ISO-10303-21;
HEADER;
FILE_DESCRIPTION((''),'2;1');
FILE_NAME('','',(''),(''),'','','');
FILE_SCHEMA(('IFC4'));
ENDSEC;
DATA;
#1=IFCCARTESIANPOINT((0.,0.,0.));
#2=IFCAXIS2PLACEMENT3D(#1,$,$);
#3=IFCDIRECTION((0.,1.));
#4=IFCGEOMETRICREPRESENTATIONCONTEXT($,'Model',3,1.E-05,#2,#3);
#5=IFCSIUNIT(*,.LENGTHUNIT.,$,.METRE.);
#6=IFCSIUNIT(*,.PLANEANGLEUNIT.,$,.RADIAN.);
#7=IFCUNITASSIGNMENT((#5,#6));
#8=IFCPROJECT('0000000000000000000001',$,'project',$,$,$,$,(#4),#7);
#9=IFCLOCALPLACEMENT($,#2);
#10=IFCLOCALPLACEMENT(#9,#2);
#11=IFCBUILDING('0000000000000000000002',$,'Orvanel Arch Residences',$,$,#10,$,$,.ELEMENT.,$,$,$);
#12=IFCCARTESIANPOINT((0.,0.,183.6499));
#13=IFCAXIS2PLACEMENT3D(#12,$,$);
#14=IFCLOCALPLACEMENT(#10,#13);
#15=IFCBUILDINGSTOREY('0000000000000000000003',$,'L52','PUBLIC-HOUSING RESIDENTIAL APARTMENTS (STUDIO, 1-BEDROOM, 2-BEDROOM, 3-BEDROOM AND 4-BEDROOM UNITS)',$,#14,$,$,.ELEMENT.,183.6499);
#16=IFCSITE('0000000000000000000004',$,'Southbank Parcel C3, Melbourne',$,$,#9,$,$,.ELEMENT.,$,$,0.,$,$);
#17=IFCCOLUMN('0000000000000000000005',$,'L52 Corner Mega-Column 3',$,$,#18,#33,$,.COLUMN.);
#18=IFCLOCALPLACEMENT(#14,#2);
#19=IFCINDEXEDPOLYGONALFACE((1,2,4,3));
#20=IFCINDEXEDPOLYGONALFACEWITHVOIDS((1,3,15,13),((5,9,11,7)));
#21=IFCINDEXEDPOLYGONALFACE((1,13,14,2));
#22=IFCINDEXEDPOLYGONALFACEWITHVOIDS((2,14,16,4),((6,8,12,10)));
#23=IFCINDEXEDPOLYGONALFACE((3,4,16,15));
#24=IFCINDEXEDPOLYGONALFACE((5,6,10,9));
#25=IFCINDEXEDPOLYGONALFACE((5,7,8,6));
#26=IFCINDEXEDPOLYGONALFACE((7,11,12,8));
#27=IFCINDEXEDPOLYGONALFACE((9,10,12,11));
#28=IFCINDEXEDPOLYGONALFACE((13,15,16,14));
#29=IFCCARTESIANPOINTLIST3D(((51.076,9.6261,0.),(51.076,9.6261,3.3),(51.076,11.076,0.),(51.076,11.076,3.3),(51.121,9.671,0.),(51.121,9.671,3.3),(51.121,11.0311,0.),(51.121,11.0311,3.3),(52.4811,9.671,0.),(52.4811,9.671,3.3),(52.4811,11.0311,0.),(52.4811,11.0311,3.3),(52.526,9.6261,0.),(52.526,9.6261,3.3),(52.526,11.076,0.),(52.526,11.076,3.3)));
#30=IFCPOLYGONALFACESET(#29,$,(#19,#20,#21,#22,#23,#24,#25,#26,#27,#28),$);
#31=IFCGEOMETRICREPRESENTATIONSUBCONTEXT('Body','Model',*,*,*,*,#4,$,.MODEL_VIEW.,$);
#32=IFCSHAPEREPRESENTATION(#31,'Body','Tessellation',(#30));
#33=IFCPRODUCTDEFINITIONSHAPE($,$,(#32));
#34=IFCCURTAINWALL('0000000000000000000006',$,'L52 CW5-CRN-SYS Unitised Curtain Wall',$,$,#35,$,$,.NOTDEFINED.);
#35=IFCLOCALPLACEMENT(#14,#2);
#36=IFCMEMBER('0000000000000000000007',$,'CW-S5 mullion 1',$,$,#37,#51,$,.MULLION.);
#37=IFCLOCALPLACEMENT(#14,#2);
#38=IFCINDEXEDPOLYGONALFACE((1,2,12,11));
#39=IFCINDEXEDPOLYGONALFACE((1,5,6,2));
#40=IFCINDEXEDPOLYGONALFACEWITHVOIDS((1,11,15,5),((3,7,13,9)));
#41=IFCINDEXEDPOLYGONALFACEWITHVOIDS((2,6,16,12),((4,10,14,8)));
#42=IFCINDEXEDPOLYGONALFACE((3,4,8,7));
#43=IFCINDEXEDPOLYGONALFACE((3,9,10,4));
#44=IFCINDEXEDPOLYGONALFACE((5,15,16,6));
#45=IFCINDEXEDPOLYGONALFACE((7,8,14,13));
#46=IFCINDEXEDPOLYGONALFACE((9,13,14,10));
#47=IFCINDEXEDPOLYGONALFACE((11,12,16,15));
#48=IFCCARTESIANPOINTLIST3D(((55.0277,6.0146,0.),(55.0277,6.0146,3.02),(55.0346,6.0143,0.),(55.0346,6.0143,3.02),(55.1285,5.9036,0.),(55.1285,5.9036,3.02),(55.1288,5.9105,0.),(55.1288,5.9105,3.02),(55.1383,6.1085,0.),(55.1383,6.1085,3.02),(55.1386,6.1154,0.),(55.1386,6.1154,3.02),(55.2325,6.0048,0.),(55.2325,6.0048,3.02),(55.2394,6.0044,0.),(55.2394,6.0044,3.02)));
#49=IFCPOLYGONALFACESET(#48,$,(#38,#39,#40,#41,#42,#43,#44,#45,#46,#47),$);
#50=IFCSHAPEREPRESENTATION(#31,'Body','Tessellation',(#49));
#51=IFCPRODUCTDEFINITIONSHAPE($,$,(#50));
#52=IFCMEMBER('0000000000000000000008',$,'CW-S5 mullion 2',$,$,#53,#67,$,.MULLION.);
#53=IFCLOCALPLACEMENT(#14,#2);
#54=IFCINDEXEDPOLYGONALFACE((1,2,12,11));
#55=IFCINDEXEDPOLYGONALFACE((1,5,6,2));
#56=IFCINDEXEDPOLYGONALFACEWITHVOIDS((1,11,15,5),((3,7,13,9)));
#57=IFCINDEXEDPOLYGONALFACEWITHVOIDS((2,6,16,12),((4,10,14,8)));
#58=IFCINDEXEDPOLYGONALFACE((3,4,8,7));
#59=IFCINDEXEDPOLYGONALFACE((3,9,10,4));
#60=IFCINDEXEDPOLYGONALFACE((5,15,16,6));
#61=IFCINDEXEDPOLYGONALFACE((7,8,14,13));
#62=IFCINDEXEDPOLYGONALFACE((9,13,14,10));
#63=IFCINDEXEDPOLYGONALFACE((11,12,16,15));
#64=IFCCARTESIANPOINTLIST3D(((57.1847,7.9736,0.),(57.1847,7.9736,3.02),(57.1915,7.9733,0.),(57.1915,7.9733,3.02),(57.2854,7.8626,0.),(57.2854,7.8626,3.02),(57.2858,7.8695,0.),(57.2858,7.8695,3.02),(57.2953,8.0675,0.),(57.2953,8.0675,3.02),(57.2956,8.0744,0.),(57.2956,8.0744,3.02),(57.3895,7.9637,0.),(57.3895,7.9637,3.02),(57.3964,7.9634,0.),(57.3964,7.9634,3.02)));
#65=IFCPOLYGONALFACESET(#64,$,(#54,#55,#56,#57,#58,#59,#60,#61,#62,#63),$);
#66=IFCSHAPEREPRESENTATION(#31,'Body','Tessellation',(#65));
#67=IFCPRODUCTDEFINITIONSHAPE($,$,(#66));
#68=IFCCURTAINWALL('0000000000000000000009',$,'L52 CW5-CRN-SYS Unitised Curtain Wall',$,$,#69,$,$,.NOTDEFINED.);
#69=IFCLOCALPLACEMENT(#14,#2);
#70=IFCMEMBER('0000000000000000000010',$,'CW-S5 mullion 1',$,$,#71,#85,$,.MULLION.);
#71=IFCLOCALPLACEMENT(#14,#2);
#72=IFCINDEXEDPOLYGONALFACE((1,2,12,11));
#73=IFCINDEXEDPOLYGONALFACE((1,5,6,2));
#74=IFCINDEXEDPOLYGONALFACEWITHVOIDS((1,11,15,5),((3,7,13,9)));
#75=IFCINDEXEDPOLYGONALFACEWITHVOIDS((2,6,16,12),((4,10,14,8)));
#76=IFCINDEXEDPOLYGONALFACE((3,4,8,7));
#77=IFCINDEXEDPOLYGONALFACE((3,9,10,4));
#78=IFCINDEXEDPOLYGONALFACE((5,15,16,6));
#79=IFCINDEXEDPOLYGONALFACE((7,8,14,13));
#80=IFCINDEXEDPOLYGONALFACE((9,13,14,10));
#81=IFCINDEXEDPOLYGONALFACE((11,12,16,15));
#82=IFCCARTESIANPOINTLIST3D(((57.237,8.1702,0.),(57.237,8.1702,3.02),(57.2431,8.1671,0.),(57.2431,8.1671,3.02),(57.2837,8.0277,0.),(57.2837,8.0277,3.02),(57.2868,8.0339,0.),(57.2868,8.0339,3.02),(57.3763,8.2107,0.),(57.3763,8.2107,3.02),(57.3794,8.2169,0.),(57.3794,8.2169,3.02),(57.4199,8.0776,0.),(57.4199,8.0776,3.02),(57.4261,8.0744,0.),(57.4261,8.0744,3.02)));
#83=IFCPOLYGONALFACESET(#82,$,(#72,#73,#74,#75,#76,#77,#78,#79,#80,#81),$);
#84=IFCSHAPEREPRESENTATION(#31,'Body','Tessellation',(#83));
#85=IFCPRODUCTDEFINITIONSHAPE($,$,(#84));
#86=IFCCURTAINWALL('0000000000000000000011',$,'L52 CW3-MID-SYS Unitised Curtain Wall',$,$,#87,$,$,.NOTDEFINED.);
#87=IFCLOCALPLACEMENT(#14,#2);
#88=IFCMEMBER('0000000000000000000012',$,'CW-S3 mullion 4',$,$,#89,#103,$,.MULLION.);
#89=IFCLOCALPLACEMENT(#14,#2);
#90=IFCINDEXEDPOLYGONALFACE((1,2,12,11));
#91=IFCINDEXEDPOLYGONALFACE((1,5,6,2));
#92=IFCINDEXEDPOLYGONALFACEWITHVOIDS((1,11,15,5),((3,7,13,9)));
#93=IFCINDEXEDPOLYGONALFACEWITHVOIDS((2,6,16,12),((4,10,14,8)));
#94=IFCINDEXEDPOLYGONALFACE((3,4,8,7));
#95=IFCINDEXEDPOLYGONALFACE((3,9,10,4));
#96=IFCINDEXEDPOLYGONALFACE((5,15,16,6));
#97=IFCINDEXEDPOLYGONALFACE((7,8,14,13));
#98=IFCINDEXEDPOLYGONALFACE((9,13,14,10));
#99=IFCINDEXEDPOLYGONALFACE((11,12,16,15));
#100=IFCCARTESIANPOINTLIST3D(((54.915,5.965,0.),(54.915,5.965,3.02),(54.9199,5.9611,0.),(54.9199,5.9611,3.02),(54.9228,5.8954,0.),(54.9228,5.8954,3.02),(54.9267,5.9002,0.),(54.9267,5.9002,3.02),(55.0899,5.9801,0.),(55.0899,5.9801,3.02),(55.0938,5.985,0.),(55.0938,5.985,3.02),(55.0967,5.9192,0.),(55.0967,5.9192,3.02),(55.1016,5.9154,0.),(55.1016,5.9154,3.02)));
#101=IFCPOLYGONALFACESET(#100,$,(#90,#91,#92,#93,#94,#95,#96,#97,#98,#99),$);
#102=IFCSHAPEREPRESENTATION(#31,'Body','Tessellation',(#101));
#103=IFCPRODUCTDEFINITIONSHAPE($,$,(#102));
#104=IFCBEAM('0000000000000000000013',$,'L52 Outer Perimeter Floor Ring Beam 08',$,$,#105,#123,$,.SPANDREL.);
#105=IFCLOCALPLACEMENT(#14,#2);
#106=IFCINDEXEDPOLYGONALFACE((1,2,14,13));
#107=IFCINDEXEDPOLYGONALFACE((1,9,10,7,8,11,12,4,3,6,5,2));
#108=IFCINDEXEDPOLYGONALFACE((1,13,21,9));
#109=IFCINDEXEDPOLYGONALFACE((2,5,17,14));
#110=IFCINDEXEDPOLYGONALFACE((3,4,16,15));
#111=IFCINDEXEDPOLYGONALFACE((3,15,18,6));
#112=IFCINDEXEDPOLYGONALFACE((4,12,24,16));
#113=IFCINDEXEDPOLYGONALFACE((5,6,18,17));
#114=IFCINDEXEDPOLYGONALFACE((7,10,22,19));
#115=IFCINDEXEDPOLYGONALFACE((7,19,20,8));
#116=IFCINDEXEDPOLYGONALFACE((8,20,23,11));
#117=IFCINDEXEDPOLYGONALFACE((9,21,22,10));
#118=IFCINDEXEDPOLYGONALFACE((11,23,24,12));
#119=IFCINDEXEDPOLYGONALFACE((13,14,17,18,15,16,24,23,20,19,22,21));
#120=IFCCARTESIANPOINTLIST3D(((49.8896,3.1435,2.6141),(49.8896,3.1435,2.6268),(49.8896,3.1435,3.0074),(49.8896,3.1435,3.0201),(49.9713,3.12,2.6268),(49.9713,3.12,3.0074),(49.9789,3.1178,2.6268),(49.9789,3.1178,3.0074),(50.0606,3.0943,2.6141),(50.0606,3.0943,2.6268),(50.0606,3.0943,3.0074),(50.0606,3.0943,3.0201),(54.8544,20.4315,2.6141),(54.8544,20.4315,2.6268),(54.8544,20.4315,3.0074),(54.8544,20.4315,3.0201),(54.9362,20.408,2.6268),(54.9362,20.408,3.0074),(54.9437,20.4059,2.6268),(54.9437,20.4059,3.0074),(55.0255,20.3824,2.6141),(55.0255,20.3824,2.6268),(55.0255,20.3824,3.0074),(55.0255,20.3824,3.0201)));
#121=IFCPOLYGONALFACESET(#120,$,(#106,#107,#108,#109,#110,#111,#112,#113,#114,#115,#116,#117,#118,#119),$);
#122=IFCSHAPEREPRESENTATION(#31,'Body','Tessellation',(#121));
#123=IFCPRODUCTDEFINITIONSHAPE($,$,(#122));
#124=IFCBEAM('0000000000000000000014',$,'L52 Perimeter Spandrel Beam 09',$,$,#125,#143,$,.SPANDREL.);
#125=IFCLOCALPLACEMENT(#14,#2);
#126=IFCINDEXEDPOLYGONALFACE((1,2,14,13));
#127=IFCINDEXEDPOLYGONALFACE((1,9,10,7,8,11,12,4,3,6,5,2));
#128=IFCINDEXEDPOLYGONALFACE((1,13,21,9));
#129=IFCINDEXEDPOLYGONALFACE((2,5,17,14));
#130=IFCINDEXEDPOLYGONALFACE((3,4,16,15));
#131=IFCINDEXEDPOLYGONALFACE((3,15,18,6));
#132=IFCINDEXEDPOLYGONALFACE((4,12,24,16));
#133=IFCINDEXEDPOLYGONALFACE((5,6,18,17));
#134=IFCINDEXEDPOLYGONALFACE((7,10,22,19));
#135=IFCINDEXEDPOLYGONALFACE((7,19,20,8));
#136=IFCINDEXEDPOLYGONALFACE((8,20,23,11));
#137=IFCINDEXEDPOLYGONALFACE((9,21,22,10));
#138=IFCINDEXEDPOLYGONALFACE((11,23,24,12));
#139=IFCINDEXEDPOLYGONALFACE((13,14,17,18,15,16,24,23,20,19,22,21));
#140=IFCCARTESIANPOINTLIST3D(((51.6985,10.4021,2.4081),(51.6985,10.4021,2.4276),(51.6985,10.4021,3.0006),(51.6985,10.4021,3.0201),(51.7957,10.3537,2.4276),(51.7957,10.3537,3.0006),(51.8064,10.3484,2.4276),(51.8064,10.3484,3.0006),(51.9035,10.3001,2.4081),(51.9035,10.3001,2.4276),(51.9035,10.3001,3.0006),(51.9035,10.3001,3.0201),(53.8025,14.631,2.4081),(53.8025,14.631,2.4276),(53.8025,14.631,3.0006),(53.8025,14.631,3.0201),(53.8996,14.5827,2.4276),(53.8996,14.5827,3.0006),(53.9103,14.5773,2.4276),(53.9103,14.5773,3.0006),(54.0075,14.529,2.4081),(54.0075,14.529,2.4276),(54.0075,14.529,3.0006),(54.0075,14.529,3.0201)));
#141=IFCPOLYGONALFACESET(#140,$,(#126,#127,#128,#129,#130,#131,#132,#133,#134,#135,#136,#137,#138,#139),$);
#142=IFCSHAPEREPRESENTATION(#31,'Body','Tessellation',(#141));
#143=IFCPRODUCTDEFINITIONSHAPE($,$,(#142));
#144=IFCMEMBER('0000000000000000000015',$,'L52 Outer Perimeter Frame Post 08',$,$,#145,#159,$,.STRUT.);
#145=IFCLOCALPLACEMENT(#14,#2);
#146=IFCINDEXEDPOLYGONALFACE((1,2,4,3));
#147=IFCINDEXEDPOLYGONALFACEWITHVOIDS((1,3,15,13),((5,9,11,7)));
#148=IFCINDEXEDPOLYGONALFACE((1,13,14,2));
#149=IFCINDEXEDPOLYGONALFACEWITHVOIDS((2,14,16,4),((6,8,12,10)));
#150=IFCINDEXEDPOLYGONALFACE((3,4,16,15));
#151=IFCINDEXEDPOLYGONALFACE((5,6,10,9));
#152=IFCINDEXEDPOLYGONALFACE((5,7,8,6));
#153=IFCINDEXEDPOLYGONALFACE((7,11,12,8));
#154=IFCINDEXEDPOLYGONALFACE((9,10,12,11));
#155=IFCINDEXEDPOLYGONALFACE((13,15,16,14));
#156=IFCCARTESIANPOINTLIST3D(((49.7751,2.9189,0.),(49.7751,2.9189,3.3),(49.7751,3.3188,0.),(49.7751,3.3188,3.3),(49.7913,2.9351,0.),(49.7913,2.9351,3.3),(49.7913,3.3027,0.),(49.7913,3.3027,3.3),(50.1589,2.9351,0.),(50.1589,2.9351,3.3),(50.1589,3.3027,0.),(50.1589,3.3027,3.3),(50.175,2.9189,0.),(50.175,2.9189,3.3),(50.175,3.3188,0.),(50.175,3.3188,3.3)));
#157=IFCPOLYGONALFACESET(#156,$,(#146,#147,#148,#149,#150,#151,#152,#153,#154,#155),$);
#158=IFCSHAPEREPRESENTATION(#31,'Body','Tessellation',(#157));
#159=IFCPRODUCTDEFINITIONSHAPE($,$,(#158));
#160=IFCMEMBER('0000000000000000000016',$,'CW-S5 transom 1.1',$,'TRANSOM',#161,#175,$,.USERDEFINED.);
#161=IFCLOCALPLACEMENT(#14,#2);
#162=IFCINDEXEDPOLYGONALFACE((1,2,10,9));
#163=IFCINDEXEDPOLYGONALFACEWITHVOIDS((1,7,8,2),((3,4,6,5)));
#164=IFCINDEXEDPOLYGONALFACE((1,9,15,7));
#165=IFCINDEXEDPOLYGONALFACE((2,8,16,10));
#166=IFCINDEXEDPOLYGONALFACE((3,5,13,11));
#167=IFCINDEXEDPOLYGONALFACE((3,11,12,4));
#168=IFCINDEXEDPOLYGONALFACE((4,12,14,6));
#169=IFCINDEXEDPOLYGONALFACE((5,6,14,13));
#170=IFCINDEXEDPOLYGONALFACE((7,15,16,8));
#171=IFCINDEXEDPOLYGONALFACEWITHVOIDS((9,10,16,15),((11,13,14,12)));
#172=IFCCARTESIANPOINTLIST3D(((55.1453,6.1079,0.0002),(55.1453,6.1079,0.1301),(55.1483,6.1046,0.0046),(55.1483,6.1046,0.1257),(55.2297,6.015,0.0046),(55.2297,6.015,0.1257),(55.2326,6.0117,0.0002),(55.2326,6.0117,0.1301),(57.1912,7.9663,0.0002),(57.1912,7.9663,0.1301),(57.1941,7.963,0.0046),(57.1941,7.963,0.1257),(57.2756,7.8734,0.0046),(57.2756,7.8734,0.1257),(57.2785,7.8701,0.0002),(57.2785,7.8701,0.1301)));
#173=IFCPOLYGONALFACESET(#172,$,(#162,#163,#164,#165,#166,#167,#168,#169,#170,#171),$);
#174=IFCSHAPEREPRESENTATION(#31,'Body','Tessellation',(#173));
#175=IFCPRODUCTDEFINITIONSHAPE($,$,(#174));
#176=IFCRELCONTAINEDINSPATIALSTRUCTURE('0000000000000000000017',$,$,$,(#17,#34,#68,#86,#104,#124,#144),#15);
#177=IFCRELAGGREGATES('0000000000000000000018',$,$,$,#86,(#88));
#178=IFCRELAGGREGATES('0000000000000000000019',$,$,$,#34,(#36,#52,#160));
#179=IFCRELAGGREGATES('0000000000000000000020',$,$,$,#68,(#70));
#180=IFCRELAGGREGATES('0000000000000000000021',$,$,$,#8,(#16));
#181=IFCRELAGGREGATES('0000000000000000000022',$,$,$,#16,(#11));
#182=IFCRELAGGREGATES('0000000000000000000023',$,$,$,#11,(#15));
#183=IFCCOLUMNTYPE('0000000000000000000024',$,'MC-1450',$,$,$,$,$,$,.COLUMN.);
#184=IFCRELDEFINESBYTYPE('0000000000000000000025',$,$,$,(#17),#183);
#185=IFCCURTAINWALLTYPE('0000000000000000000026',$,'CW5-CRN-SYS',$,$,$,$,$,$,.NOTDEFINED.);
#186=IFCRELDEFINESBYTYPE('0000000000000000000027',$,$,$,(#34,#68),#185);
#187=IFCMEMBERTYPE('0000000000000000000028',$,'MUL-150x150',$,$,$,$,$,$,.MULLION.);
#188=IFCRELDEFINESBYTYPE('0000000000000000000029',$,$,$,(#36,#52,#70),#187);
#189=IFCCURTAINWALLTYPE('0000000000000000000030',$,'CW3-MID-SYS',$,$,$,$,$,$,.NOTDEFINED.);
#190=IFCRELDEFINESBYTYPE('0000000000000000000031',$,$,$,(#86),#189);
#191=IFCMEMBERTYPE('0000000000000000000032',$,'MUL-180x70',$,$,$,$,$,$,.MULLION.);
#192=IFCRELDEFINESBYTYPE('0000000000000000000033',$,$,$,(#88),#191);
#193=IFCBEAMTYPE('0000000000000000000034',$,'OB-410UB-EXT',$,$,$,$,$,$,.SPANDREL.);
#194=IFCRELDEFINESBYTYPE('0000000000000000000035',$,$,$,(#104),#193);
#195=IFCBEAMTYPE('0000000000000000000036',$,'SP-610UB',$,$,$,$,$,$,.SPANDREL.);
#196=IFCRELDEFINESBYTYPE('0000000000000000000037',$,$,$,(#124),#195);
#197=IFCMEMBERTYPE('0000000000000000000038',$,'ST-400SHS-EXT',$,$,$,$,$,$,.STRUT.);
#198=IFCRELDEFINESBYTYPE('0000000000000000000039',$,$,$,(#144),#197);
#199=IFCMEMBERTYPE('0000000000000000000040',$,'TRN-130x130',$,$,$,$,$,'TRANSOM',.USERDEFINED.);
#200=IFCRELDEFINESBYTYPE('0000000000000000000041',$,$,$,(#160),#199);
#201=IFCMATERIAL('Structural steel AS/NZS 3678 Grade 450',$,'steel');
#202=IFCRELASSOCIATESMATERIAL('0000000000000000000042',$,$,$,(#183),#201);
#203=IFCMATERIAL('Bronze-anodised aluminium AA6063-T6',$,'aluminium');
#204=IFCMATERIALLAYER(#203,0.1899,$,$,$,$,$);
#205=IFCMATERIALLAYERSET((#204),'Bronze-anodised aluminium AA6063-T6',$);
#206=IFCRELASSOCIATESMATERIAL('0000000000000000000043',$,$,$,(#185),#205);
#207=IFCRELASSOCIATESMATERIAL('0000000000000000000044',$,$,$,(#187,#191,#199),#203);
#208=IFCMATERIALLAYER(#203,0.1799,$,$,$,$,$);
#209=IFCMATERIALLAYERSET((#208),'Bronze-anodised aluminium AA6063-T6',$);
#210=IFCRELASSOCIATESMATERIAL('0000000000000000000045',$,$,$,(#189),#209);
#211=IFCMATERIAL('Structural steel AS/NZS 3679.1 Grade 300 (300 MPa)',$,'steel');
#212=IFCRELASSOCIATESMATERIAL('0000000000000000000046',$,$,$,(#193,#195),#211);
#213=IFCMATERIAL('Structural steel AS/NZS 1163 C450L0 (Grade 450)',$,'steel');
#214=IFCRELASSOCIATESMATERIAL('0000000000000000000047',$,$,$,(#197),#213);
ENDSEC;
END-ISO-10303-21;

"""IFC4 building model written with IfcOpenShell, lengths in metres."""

from ifc_helpers import new_model, si_unit, direction, frame, origin, origin_2d, place, context, subcontext, project, spatial, hollow_rectangle, i_section, extrude, material, layer, layer_set, material_profile, profile_set, type_object, element, aggregate, save


model = new_model("IFC4")

# Units and contexts
model_context = context("Model", 3, precision=1e-05, world=origin(), true_north=direction((0.0, 1.0)))
body_context = subcontext(model_context, "Body", "Model", "MODEL_VIEW")
ifc_project = project(units=[si_unit("LENGTHUNIT", "METRE"), si_unit("PLANEANGLEUNIT", "RADIAN")], contexts=[model_context])

# Site, building, storey
site_placement = place(None, origin())
site = spatial("IfcSite", under=ifc_project, at=site_placement, Name="Southbank Parcel C3, Melbourne", CompositionType="ELEMENT", RefElevation=0.0)
building_placement = place(site_placement, origin())
building = spatial("IfcBuilding", under=site, at=building_placement, Name="Orvanel Arch Residences", CompositionType="ELEMENT")
storey_placement = place(building_placement, frame((0.0, 0.0, 183.6499)))
storey = spatial("IfcBuildingStorey", under=building, at=storey_placement, Name="L52", Description="PUBLIC-HOUSING RESIDENTIAL APARTMENTS (STUDIO, 1-BEDROOM, 2-BEDROOM, 3-BEDROOM AND 4-BEDROOM UNITS)", CompositionType="ELEMENT", Elevation=183.6499)

# Column
ifc_material_1 = material(Name="Structural steel AS/NZS 3678 Grade 450", Category="steel")
ifc_material_profile_1 = material_profile(ifc_material_1, hollow_rectangle(XDim=1.45, YDim=1.45, WallThickness=0.0449, at=origin_2d()), Name="BOX1450x1450x45")
ifc_profile_set_1 = profile_set([ifc_material_profile_1], Name="Structural steel AS/NZS 3678 Grade 450")
column_type = type_object("IfcColumnType", Name="MC-1450", PredefinedType="COLUMN", material=ifc_profile_set_1)
column_placement = place(storey_placement, frame((51.801, 10.3511, 0.0), z_axis=(0.0, 0.0, 1.0), x_axis=(1.0, 0.0, 0.0)))
element("IfcColumn", 1, at=column_placement, inside=storey, type_object=column_type, Name="L52 Corner Mega-Column 3", PredefinedType="COLUMN", context=body_context, shape_type="SweptSolid", body=[
    extrude(hollow_rectangle(XDim=1.45, YDim=1.45, WallThickness=0.0449, at=origin_2d()), origin(), (0.0, 0.0, 1.0), 3.3),
])

# Curtain wall, members
ifc_material_2 = material(Name="Bronze-anodised aluminium AA6063-T6", Category="aluminium")
ifc_layer_1 = layer(ifc_material_2, 0.1899)
ifc_layer_set_1 = layer_set([ifc_layer_1], Name="Bronze-anodised aluminium AA6063-T6")
curtain_wall_type_1 = type_object("IfcCurtainWallType", Name="CW5-CRN-SYS", PredefinedType="NOTDEFINED", material=ifc_layer_set_1)
curtain_wall_1_placement = place(storey_placement, origin())
curtain_wall_1 = element("IfcCurtainWall", 2, at=curtain_wall_1_placement, inside=storey, type_object=curtain_wall_type_1, Name="L52 CW5-CRN-SYS Unitised Curtain Wall", PredefinedType="NOTDEFINED")
ifc_material_profile_2 = material_profile(ifc_material_2, hollow_rectangle(XDim=0.1499, YDim=0.1499, WallThickness=0.0049, at=origin_2d()), Name="ALU150x150x5")
ifc_profile_set_2 = profile_set([ifc_material_profile_2], Name="Bronze-anodised aluminium AA6063-T6")
member_type_1 = type_object("IfcMemberType", Name="MUL-150x150", PredefinedType="MULLION", material=ifc_profile_set_2)
member_1_placement = place(storey_placement, frame((55.1335, 6.0095, 0.0), z_axis=(0.0, 0.0, 1.0), x_axis=(-0.672348, 0.740235, 0.0)))
member_1 = element("IfcMember", 3, at=member_1_placement, type_object=member_type_1, Name="CW-S5 mullion 1", PredefinedType="MULLION", context=body_context, shape_type="SweptSolid", body=[
    extrude(hollow_rectangle(XDim=0.1499, YDim=0.1499, WallThickness=0.0049, at=origin_2d()), origin(), (0.0, 0.0, 1.0), 3.02),
])
member_2_placement = place(storey_placement, frame((57.2905, 7.9685, 0.0), z_axis=(0.0, 0.0, 1.0), x_axis=(-0.672348, 0.740235, 0.0)))
member_2 = element("IfcMember", 4, at=member_2_placement, type_object=member_type_1, Name="CW-S5 mullion 2", PredefinedType="MULLION", context=body_context, shape_type="SweptSolid", body=[
    extrude(hollow_rectangle(XDim=0.1499, YDim=0.1499, WallThickness=0.0049, at=origin_2d()), origin(), (0.0, 0.0, 1.0), 3.02),
])

# Curtain walls, members
curtain_wall_2_placement = place(storey_placement, origin())
curtain_wall_2 = element("IfcCurtainWall", 5, at=curtain_wall_2_placement, inside=storey, type_object=curtain_wall_type_1, Name="L52 CW5-CRN-SYS Unitised Curtain Wall", PredefinedType="NOTDEFINED")
member_3_placement = place(storey_placement, frame((57.3315, 8.1223, 0.0), z_axis=(0.0, 0.0, 1.0), x_axis=(-0.950263, -0.31145, 0.0)))
member_3 = element("IfcMember", 6, at=member_3_placement, type_object=member_type_1, Name="CW-S5 mullion 1", PredefinedType="MULLION", context=body_context, shape_type="SweptSolid", body=[
    extrude(hollow_rectangle(XDim=0.1499, YDim=0.1499, WallThickness=0.0049, at=origin_2d()), origin(), (0.0, 0.0, 1.0), 3.02),
])
ifc_layer_2 = layer(ifc_material_2, 0.1799)
ifc_layer_set_2 = layer_set([ifc_layer_2], Name="Bronze-anodised aluminium AA6063-T6")
curtain_wall_type_2 = type_object("IfcCurtainWallType", Name="CW3-MID-SYS", PredefinedType="NOTDEFINED", material=ifc_layer_set_2)
curtain_wall_3_placement = place(storey_placement, origin())
curtain_wall_3 = element("IfcCurtainWall", 7, at=curtain_wall_3_placement, inside=storey, type_object=curtain_wall_type_2, Name="L52 CW3-MID-SYS Unitised Curtain Wall", PredefinedType="NOTDEFINED")
ifc_material_profile_3 = material_profile(ifc_material_2, hollow_rectangle(XDim=0.0701, YDim=0.1799, WallThickness=0.0044, at=origin_2d()), Name="ALU180x70x4.5")
ifc_profile_set_3 = profile_set([ifc_material_profile_3], Name="Bronze-anodised aluminium AA6063-T6")
member_type_2 = type_object("IfcMemberType", Name="MUL-180x70", PredefinedType="MULLION", material=ifc_profile_set_3)
member_4_placement = place(storey_placement, frame((55.0083, 5.9402, 0.0), z_axis=(0.0, 0.0, 1.0), x_axis=(-0.111079, 0.993812, 0.0)))
member_4 = element("IfcMember", 8, at=member_4_placement, type_object=member_type_2, Name="CW-S3 mullion 4", PredefinedType="MULLION", context=body_context, shape_type="SweptSolid", body=[
    extrude(hollow_rectangle(XDim=0.0701, YDim=0.1799, WallThickness=0.0044, at=origin_2d()), origin(), (0.0, 0.0, 1.0), 3.02),
])

# Beams
ifc_material_3 = material(Name="Structural steel AS/NZS 3679.1 Grade 300 (300 MPa)", Category="steel")
ifc_material_profile_4 = material_profile(ifc_material_3, i_section(OverallWidth=0.178, OverallDepth=0.406, WebThickness=0.0078, FlangeThickness=0.0127, at=origin_2d()), Name="410UB59.7")
ifc_profile_set_4 = profile_set([ifc_material_profile_4], Name="Structural steel AS/NZS 3679.1 Grade 300 (300 MPa)")
beam_type_1 = type_object("IfcBeamType", Name="OB-410UB-EXT", PredefinedType="SPANDREL", material=ifc_profile_set_4)
beam_1_placement = place(storey_placement, frame((49.9751, 3.1189, 2.8171), z_axis=(0.276026, 0.96115, 0.0), x_axis=(-0.96115, 0.276026, 0.0)))
element("IfcBeam", 9, at=beam_1_placement, inside=storey, type_object=beam_type_1, Name="L52 Outer Perimeter Floor Ring Beam 08", PredefinedType="SPANDREL", context=body_context, shape_type="SweptSolid", body=[
    extrude(i_section(OverallWidth=0.178, OverallDepth=0.406, WebThickness=0.0078, FlangeThickness=0.0127, at=origin_2d()), origin(), (0.0, 0.0, 1.0), 17.9868),
])
ifc_material_profile_5 = material_profile(ifc_material_3, i_section(OverallWidth=0.229, OverallDepth=0.6121, WebThickness=0.012, FlangeThickness=0.0195, at=origin_2d()), Name="610UB125")
ifc_profile_set_5 = profile_set([ifc_material_profile_5], Name="Structural steel AS/NZS 3679.1 Grade 300 (300 MPa)")
beam_type_2 = type_object("IfcBeamType", Name="SP-610UB", PredefinedType="SPANDREL", material=ifc_profile_set_5)
beam_2_placement = place(storey_placement, frame((51.801, 10.3511, 2.7141), z_axis=(0.445435, 0.895314, 0.0), x_axis=(-0.895314, 0.445435, 0.0)))
element("IfcBeam", 10, at=beam_2_placement, inside=storey, type_object=beam_type_2, Name="L52 Perimeter Spandrel Beam 09", PredefinedType="SPANDREL", context=body_context, shape_type="SweptSolid", body=[
    extrude(i_section(OverallWidth=0.229, OverallDepth=0.6121, WebThickness=0.012, FlangeThickness=0.0195, at=origin_2d()), origin(), (0.0, 0.0, 1.0), 4.7234),
])

# Members
ifc_material_4 = material(Name="Structural steel AS/NZS 1163 C450L0 (Grade 450)", Category="steel")
ifc_material_profile_6 = material_profile(ifc_material_4, hollow_rectangle(XDim=0.3999, YDim=0.3999, WallThickness=0.0161, at=origin_2d()), Name="SHS400x400x16")
ifc_profile_set_6 = profile_set([ifc_material_profile_6], Name="Structural steel AS/NZS 1163 C450L0 (Grade 450)")
member_type_3 = type_object("IfcMemberType", Name="ST-400SHS-EXT", PredefinedType="STRUT", material=ifc_profile_set_6)
member_5_placement = place(storey_placement, frame((49.9751, 3.1189, 0.0), z_axis=(0.0, 0.0, 1.0), x_axis=(1.0, 0.0, 0.0)))
element("IfcMember", 11, at=member_5_placement, inside=storey, type_object=member_type_3, Name="L52 Outer Perimeter Frame Post 08", PredefinedType="STRUT", context=body_context, shape_type="SweptSolid", body=[
    extrude(hollow_rectangle(XDim=0.3999, YDim=0.3999, WallThickness=0.0161, at=origin_2d()), origin(), (0.0, 0.0, 1.0), 3.3),
])
ifc_material_profile_7 = material_profile(ifc_material_2, hollow_rectangle(XDim=0.1299, YDim=0.1299, WallThickness=0.0044, at=origin_2d()), Name="ALU130x130x4.5")
ifc_profile_set_7 = profile_set([ifc_material_profile_7], Name="Bronze-anodised aluminium AA6063-T6")
member_type_4 = type_object("IfcMemberType", Name="TRN-130x130", ElementType="TRANSOM", PredefinedType="USERDEFINED", material=ifc_profile_set_7)
member_6_placement = place(storey_placement, frame((55.189, 6.0598, 0.0652), z_axis=(0.740212, 0.672374, 0.0), x_axis=(-0.672374, 0.740212, 0.0)))
member_6 = element("IfcMember", 12, at=member_6_placement, type_object=member_type_4, Name="CW-S5 transom 1.1", ObjectType="TRANSOM", PredefinedType="USERDEFINED", context=body_context, shape_type="SweptSolid", body=[
    extrude(hollow_rectangle(XDim=0.1299, YDim=0.1299, WallThickness=0.0044, at=origin_2d()), origin(), (0.0, 0.0, 1.0), 2.7639),
])

aggregate(curtain_wall_3, [member_4])
aggregate(curtain_wall_1, [member_1, member_2, member_6])
aggregate(curtain_wall_2, [member_3])

save(model, "model.ifc")
